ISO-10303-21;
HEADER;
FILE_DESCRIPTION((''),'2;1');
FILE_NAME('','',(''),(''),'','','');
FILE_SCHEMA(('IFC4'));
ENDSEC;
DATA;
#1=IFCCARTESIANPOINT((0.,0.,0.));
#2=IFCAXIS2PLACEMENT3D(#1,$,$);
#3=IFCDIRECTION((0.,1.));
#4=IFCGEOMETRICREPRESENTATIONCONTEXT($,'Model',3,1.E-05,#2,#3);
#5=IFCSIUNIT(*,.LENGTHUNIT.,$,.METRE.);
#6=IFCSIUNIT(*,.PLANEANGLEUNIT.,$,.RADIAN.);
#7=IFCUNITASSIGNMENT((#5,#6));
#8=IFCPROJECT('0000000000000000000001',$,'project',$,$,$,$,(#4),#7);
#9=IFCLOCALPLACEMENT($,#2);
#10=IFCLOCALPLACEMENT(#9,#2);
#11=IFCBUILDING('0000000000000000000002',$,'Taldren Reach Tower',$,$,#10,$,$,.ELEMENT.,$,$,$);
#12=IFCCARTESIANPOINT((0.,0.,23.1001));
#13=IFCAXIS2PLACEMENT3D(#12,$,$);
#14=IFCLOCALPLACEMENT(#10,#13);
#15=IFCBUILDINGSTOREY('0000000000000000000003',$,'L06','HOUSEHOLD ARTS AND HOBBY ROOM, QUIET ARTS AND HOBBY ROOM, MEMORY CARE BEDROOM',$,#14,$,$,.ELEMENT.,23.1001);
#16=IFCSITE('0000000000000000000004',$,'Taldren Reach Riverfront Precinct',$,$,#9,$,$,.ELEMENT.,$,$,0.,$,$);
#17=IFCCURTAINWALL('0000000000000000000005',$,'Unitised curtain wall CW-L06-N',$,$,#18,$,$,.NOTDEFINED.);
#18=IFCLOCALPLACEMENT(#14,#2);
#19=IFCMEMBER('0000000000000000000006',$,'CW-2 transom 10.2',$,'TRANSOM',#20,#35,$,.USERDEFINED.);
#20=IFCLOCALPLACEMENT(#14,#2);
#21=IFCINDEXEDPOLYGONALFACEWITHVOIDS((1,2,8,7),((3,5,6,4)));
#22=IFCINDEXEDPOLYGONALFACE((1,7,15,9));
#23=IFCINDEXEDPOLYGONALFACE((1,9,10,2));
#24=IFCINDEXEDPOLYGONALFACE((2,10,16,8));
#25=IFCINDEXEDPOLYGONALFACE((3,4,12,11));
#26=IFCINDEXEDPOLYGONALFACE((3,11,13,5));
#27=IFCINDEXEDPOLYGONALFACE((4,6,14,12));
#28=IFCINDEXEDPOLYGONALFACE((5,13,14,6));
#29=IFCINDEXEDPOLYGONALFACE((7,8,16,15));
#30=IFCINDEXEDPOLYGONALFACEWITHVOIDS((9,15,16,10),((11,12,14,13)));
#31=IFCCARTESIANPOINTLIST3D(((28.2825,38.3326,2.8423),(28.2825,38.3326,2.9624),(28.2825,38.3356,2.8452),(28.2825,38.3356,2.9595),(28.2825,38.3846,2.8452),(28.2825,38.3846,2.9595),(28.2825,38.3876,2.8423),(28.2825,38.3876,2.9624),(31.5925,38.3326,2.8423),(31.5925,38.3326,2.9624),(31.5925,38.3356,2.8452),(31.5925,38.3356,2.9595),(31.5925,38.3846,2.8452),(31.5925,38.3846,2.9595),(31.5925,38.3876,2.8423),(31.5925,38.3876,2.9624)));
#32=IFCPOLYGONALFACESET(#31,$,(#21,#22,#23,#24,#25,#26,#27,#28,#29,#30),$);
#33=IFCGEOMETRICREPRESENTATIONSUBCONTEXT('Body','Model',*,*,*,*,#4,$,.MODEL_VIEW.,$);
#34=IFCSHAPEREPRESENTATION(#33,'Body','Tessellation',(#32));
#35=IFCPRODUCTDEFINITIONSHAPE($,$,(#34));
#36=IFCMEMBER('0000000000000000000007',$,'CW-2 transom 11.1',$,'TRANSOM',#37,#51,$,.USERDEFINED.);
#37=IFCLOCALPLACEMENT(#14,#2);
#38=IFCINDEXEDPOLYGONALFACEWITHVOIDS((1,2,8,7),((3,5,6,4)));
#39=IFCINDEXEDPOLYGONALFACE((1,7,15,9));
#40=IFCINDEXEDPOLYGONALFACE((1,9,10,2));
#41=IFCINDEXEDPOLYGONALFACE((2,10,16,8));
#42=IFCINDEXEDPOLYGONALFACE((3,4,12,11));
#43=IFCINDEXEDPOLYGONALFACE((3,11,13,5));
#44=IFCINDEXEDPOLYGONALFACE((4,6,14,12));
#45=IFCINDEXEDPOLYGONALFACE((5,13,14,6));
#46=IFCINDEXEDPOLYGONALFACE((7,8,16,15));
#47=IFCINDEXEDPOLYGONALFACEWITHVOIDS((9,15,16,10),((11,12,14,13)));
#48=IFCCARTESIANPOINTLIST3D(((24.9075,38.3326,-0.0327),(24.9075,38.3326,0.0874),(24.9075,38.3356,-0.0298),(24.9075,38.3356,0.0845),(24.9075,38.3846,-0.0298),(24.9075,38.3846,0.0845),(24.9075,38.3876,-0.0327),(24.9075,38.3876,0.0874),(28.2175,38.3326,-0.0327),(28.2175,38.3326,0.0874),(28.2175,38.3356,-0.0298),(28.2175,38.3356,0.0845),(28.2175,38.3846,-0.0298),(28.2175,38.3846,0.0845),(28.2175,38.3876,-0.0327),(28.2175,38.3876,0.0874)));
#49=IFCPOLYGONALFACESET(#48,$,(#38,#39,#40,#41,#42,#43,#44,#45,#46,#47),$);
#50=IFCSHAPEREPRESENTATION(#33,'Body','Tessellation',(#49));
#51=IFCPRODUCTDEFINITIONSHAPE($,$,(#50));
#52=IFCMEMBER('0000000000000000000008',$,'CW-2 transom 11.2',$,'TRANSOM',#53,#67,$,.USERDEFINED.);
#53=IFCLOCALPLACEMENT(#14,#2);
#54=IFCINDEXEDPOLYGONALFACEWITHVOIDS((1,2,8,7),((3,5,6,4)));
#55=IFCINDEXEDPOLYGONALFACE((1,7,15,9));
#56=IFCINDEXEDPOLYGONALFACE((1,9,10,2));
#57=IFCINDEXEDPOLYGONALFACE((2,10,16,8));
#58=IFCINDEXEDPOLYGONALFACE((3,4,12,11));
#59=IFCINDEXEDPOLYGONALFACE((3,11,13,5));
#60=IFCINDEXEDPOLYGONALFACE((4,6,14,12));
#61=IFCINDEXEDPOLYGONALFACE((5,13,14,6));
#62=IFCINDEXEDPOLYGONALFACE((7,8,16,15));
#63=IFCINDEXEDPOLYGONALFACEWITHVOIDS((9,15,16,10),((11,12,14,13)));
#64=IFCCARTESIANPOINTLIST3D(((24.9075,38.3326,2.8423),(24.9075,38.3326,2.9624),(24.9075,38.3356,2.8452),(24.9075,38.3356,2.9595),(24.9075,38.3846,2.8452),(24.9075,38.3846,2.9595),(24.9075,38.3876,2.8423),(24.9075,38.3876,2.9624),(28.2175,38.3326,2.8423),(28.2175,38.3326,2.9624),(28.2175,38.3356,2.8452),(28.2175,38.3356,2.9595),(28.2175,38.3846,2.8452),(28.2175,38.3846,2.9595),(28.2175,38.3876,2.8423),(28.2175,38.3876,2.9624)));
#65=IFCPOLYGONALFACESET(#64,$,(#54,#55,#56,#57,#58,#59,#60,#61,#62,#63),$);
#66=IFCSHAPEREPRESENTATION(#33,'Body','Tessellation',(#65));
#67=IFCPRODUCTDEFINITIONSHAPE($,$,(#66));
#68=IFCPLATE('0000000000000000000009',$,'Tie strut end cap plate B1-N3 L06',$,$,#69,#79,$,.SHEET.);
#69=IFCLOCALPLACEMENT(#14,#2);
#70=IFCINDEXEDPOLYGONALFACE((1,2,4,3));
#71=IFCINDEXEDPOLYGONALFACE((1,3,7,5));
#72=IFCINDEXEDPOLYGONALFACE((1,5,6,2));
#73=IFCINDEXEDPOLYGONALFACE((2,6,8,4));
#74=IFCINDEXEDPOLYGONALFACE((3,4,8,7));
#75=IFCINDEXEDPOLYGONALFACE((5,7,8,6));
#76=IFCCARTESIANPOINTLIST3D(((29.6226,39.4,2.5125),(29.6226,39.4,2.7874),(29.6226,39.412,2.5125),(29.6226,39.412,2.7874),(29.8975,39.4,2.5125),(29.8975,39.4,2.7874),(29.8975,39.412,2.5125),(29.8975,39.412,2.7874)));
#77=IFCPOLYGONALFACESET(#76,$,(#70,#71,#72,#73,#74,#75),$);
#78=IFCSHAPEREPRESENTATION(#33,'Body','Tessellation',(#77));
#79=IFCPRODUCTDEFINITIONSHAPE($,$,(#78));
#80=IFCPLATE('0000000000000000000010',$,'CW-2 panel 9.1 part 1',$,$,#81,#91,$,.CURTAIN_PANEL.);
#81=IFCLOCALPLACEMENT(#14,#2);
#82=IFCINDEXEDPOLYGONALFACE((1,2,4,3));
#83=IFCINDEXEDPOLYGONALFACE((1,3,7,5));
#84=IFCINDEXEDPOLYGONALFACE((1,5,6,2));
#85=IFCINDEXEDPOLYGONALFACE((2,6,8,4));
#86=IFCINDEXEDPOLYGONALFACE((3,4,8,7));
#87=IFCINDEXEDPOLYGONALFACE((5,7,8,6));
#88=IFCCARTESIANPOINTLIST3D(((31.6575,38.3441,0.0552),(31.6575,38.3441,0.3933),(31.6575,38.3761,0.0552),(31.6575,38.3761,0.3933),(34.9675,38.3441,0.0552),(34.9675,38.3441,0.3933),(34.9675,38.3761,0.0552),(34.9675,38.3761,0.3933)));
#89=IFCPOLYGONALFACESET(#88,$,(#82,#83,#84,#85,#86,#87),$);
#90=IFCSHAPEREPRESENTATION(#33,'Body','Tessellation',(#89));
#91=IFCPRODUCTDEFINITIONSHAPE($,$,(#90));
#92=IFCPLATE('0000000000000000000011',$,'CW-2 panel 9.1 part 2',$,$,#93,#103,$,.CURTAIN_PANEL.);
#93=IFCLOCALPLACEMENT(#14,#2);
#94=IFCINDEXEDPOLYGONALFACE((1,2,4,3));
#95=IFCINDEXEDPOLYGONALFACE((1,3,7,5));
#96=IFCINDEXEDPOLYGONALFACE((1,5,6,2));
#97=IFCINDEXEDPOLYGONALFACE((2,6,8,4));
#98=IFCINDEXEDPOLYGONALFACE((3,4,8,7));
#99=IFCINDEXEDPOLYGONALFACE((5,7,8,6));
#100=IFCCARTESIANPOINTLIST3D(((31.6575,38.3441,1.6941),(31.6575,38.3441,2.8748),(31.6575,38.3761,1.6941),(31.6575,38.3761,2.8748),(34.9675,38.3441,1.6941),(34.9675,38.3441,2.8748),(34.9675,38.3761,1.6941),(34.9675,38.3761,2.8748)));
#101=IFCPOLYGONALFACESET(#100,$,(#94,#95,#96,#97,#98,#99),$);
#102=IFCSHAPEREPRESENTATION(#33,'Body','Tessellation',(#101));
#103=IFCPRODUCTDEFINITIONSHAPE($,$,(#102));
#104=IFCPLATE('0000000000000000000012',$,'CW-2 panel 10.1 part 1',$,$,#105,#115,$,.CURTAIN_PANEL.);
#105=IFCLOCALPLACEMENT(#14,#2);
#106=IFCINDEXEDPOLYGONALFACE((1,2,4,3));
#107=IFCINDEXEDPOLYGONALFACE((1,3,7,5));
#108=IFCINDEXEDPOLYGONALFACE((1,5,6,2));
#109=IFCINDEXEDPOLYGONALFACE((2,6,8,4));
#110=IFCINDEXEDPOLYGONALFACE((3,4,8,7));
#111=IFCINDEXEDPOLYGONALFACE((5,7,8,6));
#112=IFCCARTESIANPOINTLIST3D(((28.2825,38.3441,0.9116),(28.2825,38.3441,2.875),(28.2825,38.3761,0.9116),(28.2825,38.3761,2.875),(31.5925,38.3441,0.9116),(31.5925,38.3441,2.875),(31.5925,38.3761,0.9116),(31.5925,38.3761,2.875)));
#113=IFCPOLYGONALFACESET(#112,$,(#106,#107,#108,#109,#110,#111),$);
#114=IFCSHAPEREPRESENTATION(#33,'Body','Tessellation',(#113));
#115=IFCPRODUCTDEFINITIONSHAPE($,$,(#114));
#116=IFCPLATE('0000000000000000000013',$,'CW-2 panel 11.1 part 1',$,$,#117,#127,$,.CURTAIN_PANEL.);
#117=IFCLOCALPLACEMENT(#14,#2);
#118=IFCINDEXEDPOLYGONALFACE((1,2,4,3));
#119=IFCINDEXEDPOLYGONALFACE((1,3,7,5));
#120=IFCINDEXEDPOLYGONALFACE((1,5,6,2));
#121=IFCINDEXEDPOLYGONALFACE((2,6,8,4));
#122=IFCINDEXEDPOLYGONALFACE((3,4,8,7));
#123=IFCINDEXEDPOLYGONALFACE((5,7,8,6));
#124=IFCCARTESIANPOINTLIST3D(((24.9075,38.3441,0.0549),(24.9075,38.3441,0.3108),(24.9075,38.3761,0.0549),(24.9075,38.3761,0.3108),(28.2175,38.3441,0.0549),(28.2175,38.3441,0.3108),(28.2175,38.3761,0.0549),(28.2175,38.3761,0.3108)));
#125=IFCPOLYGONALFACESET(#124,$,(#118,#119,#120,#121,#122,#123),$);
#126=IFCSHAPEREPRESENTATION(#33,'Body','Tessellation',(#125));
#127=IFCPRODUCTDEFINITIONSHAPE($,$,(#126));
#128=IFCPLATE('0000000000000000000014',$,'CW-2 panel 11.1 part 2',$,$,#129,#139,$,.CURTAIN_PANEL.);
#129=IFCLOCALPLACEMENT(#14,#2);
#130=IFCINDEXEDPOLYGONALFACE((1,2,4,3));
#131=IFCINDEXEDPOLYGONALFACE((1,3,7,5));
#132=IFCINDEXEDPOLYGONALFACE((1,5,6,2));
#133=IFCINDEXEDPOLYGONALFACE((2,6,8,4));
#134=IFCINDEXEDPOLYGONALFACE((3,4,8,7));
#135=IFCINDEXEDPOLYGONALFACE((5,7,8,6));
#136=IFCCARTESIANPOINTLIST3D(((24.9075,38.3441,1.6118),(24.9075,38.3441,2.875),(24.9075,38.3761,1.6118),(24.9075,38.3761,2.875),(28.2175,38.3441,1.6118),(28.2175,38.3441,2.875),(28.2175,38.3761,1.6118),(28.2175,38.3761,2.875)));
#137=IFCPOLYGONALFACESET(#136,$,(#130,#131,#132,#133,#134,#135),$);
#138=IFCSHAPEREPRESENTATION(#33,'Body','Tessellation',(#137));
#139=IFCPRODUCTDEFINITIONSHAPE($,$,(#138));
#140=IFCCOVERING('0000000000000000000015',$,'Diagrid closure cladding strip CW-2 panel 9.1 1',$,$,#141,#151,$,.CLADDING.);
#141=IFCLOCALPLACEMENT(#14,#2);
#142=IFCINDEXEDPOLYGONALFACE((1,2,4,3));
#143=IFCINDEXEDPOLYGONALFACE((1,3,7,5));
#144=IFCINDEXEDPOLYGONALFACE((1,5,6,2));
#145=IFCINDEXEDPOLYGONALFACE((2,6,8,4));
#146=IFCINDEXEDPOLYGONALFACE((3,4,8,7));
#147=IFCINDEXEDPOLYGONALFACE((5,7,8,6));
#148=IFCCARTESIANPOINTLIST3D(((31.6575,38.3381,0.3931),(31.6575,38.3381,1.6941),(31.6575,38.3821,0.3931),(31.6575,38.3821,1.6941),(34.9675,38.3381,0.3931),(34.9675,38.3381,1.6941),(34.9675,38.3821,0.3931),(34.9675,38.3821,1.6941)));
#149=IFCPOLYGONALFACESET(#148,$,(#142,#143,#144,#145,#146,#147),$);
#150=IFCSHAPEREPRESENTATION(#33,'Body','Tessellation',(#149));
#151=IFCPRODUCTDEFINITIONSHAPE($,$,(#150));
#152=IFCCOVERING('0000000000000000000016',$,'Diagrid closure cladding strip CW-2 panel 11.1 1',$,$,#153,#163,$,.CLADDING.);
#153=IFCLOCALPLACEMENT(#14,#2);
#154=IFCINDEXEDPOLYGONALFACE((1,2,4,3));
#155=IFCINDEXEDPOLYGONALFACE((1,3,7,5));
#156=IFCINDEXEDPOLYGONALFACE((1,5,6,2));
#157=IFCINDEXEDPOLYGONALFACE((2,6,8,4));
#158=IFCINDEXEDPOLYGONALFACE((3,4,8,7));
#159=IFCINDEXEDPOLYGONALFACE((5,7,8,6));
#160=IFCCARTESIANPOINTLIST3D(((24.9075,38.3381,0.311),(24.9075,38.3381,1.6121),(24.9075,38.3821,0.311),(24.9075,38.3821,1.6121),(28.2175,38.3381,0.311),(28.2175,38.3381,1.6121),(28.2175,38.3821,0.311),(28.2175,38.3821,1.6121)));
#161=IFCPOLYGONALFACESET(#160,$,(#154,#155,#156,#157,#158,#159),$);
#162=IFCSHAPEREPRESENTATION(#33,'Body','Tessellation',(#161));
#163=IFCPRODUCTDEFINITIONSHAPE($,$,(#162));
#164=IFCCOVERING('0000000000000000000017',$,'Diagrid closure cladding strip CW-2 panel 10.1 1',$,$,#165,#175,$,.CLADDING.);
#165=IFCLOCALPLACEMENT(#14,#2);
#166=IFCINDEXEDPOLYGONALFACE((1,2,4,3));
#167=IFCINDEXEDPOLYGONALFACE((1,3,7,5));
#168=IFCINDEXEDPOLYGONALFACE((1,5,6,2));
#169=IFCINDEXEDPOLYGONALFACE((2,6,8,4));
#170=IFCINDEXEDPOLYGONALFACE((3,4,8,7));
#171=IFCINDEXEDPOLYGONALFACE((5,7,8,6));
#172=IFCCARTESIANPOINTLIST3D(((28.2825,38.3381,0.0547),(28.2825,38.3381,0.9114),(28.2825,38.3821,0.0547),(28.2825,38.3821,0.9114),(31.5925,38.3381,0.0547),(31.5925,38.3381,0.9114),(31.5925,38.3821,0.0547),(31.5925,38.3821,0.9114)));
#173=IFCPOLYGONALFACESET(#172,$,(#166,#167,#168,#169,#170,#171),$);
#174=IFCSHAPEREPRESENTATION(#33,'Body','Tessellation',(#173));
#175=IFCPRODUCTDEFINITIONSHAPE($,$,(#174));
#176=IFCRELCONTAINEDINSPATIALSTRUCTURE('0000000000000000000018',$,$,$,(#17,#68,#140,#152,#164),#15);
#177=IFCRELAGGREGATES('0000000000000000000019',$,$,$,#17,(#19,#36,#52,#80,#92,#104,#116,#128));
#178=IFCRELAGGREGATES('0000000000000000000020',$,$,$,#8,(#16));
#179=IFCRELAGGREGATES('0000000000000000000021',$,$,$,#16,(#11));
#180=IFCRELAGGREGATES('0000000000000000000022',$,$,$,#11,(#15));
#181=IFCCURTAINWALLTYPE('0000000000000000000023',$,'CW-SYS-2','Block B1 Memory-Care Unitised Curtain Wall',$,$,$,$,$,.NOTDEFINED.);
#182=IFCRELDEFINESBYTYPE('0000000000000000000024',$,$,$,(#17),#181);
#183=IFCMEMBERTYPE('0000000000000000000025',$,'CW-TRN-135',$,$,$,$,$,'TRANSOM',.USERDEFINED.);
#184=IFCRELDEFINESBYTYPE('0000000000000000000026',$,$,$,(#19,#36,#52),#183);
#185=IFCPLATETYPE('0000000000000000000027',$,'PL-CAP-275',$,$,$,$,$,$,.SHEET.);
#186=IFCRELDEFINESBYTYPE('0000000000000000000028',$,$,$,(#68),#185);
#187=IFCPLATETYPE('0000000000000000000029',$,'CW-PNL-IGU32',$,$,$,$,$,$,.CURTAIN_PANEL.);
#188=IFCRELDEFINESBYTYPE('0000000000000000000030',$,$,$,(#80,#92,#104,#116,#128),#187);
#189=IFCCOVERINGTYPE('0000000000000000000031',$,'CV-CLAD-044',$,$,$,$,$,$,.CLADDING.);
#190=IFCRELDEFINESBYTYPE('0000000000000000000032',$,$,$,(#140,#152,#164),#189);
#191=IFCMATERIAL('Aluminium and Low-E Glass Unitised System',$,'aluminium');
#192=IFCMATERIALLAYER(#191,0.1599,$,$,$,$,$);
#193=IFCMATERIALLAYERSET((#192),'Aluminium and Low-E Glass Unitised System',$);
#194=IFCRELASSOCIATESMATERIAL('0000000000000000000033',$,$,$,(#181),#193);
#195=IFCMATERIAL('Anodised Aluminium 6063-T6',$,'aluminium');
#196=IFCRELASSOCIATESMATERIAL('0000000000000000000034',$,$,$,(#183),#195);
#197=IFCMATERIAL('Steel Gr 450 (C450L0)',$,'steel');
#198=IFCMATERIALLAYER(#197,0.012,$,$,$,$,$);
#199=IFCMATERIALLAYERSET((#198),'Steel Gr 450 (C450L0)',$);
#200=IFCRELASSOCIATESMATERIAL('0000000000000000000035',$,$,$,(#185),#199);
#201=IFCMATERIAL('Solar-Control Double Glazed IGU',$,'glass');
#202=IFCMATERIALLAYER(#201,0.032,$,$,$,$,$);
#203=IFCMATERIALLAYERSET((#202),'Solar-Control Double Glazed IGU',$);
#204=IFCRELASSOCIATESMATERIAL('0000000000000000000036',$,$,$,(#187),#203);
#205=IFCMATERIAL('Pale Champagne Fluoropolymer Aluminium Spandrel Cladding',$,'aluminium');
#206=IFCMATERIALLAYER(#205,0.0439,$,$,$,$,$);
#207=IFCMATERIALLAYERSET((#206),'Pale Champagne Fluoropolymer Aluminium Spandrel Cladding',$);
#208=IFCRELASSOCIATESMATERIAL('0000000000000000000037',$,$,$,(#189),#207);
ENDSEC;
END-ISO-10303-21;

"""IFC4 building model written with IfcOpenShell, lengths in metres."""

from ifc_helpers import new_model, si_unit, direction, frame, origin, origin_2d, place, context, subcontext, project, spatial, rectangle, hollow_rectangle, extrude, source, transform, mapped, material, layer, layer_set, material_profile, profile_set, type_object, element, aggregate, save


model = new_model("IFC4")

# Units and contexts
model_context = context("Model", 3, precision=1e-05, world=origin(), true_north=direction((0.0, 1.0)))
body_context = subcontext(model_context, "Body", "Model", "MODEL_VIEW")
ifc_project = project(units=[si_unit("LENGTHUNIT", "METRE"), si_unit("PLANEANGLEUNIT", "RADIAN")], contexts=[model_context])

# Site, building, storey
site_placement = place(None, origin())
site = spatial("IfcSite", under=ifc_project, at=site_placement, Name="Taldren Reach Riverfront Precinct", CompositionType="ELEMENT", RefElevation=0.0)
building_placement = place(site_placement, origin())
building = spatial("IfcBuilding", under=site, at=building_placement, Name="Taldren Reach Tower", CompositionType="ELEMENT")
storey_placement = place(building_placement, frame((0.0, 0.0, 23.1001)))
storey = spatial("IfcBuildingStorey", under=building, at=storey_placement, Name="L06", Description="HOUSEHOLD ARTS AND HOBBY ROOM, QUIET ARTS AND HOBBY ROOM, MEMORY CARE BEDROOM", CompositionType="ELEMENT", Elevation=23.1001)

# Shared definitions
ifc_material_1 = material(Name="Steel Gr 450 (C450L0)", Category="steel")

# Curtain wall, members
ifc_material_2 = material(Name="Aluminium and Low-E Glass Unitised System", Category="aluminium")
ifc_layer_1 = layer(ifc_material_2, 0.1599)
ifc_layer_set_1 = layer_set([ifc_layer_1], Name="Aluminium and Low-E Glass Unitised System")
curtain_wall_type = type_object("IfcCurtainWallType", Name="CW-SYS-2", Description="Block B1 Memory-Care Unitised Curtain Wall", PredefinedType="NOTDEFINED", material=ifc_layer_set_1)
curtain_wall_placement = place(storey_placement, origin())
curtain_wall = element("IfcCurtainWall", 1, at=curtain_wall_placement, inside=storey, type_object=curtain_wall_type, Name="Unitised curtain wall CW-L06-N", PredefinedType="NOTDEFINED")
ifc_material_3 = material(Name="Anodised Aluminium 6063-T6", Category="aluminium")
ifc_material_profile_1 = material_profile(ifc_material_3, hollow_rectangle(XDim=0.0549, YDim=0.1201, WallThickness=0.0029, at=origin_2d()), Name="ALU-120x55x3RHS")
ifc_profile_set_1 = profile_set([ifc_material_profile_1], Name="Anodised Aluminium 6063-T6")
member_type_1 = type_object("IfcMemberType", Name="CW-TRN-135", ElementType="TRANSOM", PredefinedType="USERDEFINED", material=ifc_profile_set_1)
shared_shape_1 = source(origin(), body_context, "Body", "SweptSolid", [
    extrude(hollow_rectangle(XDim=0.0549, YDim=0.1201, WallThickness=0.0029, at=origin_2d()), origin(), (0.0, 0.0, 1.0), 3.3101),
])
member_1_placement = place(storey_placement, frame((31.5925, 38.3601, 2.9023), z_axis=(-1.0, 0.0, 0.0), x_axis=(0.0, -1.0, 0.0)))
member_1 = element("IfcMember", 2, at=member_1_placement, type_object=member_type_1, Name="CW-2 transom 10.2", ObjectType="TRANSOM", PredefinedType="USERDEFINED", context=body_context, shape_type="MappedRepresentation", body=[
    mapped(shared_shape_1, transform((0.0, 0.0, 0.0), scale=1.0)),
])
member_2_placement = place(storey_placement, frame((28.2175, 38.3601, 0.0273), z_axis=(-1.0, 0.0, 0.0), x_axis=(0.0, -1.0, 0.0)))
member_2 = element("IfcMember", 3, at=member_2_placement, type_object=member_type_1, Name="CW-2 transom 11.1", ObjectType="TRANSOM", PredefinedType="USERDEFINED", context=body_context, shape_type="MappedRepresentation", body=[
    mapped(shared_shape_1, transform((0.0, 0.0, 0.0), scale=1.0)),
])
member_3_placement = place(storey_placement, frame((28.2175, 38.3601, 2.9023), z_axis=(-1.0, 0.0, 0.0), x_axis=(0.0, -1.0, 0.0)))
member_3 = element("IfcMember", 4, at=member_3_placement, type_object=member_type_1, Name="CW-2 transom 11.2", ObjectType="TRANSOM", PredefinedType="USERDEFINED", context=body_context, shape_type="MappedRepresentation", body=[
    mapped(shared_shape_1, transform((0.0, 0.0, 0.0), scale=1.0)),
])

# Plates
ifc_layer_2 = layer(ifc_material_1, 0.012)
ifc_layer_set_2 = layer_set([ifc_layer_2], Name="Steel Gr 450 (C450L0)")
plate_type_1 = type_object("IfcPlateType", Name="PL-CAP-275", PredefinedType="SHEET", material=ifc_layer_set_2)
shared_shape_2 = source(origin(), body_context, "Body", "SweptSolid", [
    extrude(rectangle(XDim=0.2749, YDim=0.012, at=origin_2d()), origin(), (0.0, 0.0, 1.0), 0.2749),
])
plate_1_placement = place(storey_placement, frame((29.76, 39.406, 2.5125), z_axis=(0.0, 0.0, 1.0), x_axis=(1.0, 0.0, 0.0)))
element("IfcPlate", 5, at=plate_1_placement, inside=storey, type_object=plate_type_1, Name="Tie strut end cap plate B1-N3 L06", PredefinedType="SHEET", context=body_context, shape_type="MappedRepresentation", body=[
    mapped(shared_shape_2, transform((0.0, 0.0, 0.0), scale=1.0)),
])
ifc_material_4 = material(Name="Solar-Control Double Glazed IGU", Category="glass")
ifc_layer_3 = layer(ifc_material_4, 0.032)
ifc_layer_set_3 = layer_set([ifc_layer_3], Name="Solar-Control Double Glazed IGU")
plate_type_2 = type_object("IfcPlateType", Name="CW-PNL-IGU32", PredefinedType="CURTAIN_PANEL", material=ifc_layer_set_3)
shared_shape_3 = source(origin(), body_context, "Body", "SweptSolid", [
    extrude(rectangle(XDim=3.3101, YDim=0.032, at=origin_2d()), origin(), (0.0, 0.0, 1.0), 0.3381),
])
plate_2_placement = place(storey_placement, frame((33.3125, 38.3601, 0.0552), z_axis=(0.0, 0.0, 1.0), x_axis=(-1.0, 0.0, 0.0)))
plate_2 = element("IfcPlate", 6, at=plate_2_placement, type_object=plate_type_2, Name="CW-2 panel 9.1 part 1", PredefinedType="CURTAIN_PANEL", context=body_context, shape_type="MappedRepresentation", body=[
    mapped(shared_shape_3, transform((0.0, 0.0, 0.0), scale=1.0)),
])
shared_shape_4 = source(origin(), body_context, "Body", "SweptSolid", [
    extrude(rectangle(XDim=3.3101, YDim=0.032, at=origin_2d()), origin(), (0.0, 0.0, 1.0), 1.1807),
])
plate_3_placement = place(storey_placement, frame((33.3125, 38.3601, 1.6941), z_axis=(0.0, 0.0, 1.0), x_axis=(-1.0, 0.0, 0.0)))
plate_3 = element("IfcPlate", 7, at=plate_3_placement, type_object=plate_type_2, Name="CW-2 panel 9.1 part 2", PredefinedType="CURTAIN_PANEL", context=body_context, shape_type="MappedRepresentation", body=[
    mapped(shared_shape_4, transform((0.0, 0.0, 0.0), scale=1.0)),
])
shared_shape_5 = source(origin(), body_context, "Body", "SweptSolid", [
    extrude(rectangle(XDim=3.3101, YDim=0.032, at=origin_2d()), origin(), (0.0, 0.0, 1.0), 1.9634),
])
plate_4_placement = place(storey_placement, frame((29.9375, 38.3601, 0.9116), z_axis=(0.0, 0.0, 1.0), x_axis=(-1.0, 0.0, 0.0)))
plate_4 = element("IfcPlate", 8, at=plate_4_placement, type_object=plate_type_2, Name="CW-2 panel 10.1 part 1", PredefinedType="CURTAIN_PANEL", context=body_context, shape_type="MappedRepresentation", body=[
    mapped(shared_shape_5, transform((0.0, 0.0, 0.0), scale=1.0)),
])
shared_shape_6 = source(origin(), body_context, "Body", "SweptSolid", [
    extrude(rectangle(XDim=3.3101, YDim=0.032, at=origin_2d()), origin(), (0.0, 0.0, 1.0), 0.2559),
])
plate_5_placement = place(storey_placement, frame((26.5625, 38.3601, 0.0549), z_axis=(0.0, 0.0, 1.0), x_axis=(-1.0, 0.0, 0.0)))
plate_5 = element("IfcPlate", 9, at=plate_5_placement, type_object=plate_type_2, Name="CW-2 panel 11.1 part 1", PredefinedType="CURTAIN_PANEL", context=body_context, shape_type="MappedRepresentation", body=[
    mapped(shared_shape_6, transform((0.0, 0.0, 0.0), scale=1.0)),
])
shared_shape_7 = source(origin(), body_context, "Body", "SweptSolid", [
    extrude(rectangle(XDim=3.3101, YDim=0.032, at=origin_2d()), origin(), (0.0, 0.0, 1.0), 1.2632),
])
plate_6_placement = place(storey_placement, frame((26.5625, 38.3601, 1.6118), z_axis=(0.0, 0.0, 1.0), x_axis=(-1.0, 0.0, 0.0)))
plate_6 = element("IfcPlate", 10, at=plate_6_placement, type_object=plate_type_2, Name="CW-2 panel 11.1 part 2", PredefinedType="CURTAIN_PANEL", context=body_context, shape_type="MappedRepresentation", body=[
    mapped(shared_shape_7, transform((0.0, 0.0, 0.0), scale=1.0)),
])
aggregate(curtain_wall, [member_1, member_2, member_3, plate_2, plate_3, plate_4, plate_5, plate_6])

# Coverings
ifc_material_5 = material(Name="Pale Champagne Fluoropolymer Aluminium Spandrel Cladding", Category="aluminium")
ifc_layer_4 = layer(ifc_material_5, 0.0439)
ifc_layer_set_4 = layer_set([ifc_layer_4], Name="Pale Champagne Fluoropolymer Aluminium Spandrel Cladding")
covering_type = type_object("IfcCoveringType", Name="CV-CLAD-044", PredefinedType="CLADDING", material=ifc_layer_set_4)
shared_shape_8 = source(origin(), body_context, "Body", "SweptSolid", [
    extrude(rectangle(XDim=3.3101, YDim=0.0439, at=origin_2d()), origin(), (0.0, 0.0, 1.0), 1.301),
])
for number, where, z_axis, x_axis, name in (
    (11, (33.3125, 38.3601, 0.3931), (0.0, 0.0, 1.0), (-1.0, 0.0, 0.0), "Diagrid closure cladding strip CW-2 panel 9.1 1"),
    (12, (26.5625, 38.3601, 0.311), (0.0, 0.0, 1.0), (-1.0, 0.0, 0.0), "Diagrid closure cladding strip CW-2 panel 11.1 1"),
):
    element("IfcCovering", number, at=place(storey_placement, frame(where, z_axis=z_axis, x_axis=x_axis)), inside=storey, type_object=covering_type, Name=name, PredefinedType="CLADDING", context=body_context, shape_type="MappedRepresentation", body=[
        mapped(shared_shape_8, transform((0.0, 0.0, 0.0), scale=1.0)),
    ])
shared_shape_9 = source(origin(), body_context, "Body", "SweptSolid", [
    extrude(rectangle(XDim=3.3101, YDim=0.0439, at=origin_2d()), origin(), (0.0, 0.0, 1.0), 0.8567),
])
covering_placement = place(storey_placement, frame((29.9375, 38.3601, 0.0547), z_axis=(0.0, 0.0, 1.0), x_axis=(-1.0, 0.0, 0.0)))
element("IfcCovering", 13, at=covering_placement, inside=storey, type_object=covering_type, Name="Diagrid closure cladding strip CW-2 panel 10.1 1", PredefinedType="CLADDING", context=body_context, shape_type="MappedRepresentation", body=[
    mapped(shared_shape_9, transform((0.0, 0.0, 0.0), scale=1.0)),
])

save(model, "model.ifc")
